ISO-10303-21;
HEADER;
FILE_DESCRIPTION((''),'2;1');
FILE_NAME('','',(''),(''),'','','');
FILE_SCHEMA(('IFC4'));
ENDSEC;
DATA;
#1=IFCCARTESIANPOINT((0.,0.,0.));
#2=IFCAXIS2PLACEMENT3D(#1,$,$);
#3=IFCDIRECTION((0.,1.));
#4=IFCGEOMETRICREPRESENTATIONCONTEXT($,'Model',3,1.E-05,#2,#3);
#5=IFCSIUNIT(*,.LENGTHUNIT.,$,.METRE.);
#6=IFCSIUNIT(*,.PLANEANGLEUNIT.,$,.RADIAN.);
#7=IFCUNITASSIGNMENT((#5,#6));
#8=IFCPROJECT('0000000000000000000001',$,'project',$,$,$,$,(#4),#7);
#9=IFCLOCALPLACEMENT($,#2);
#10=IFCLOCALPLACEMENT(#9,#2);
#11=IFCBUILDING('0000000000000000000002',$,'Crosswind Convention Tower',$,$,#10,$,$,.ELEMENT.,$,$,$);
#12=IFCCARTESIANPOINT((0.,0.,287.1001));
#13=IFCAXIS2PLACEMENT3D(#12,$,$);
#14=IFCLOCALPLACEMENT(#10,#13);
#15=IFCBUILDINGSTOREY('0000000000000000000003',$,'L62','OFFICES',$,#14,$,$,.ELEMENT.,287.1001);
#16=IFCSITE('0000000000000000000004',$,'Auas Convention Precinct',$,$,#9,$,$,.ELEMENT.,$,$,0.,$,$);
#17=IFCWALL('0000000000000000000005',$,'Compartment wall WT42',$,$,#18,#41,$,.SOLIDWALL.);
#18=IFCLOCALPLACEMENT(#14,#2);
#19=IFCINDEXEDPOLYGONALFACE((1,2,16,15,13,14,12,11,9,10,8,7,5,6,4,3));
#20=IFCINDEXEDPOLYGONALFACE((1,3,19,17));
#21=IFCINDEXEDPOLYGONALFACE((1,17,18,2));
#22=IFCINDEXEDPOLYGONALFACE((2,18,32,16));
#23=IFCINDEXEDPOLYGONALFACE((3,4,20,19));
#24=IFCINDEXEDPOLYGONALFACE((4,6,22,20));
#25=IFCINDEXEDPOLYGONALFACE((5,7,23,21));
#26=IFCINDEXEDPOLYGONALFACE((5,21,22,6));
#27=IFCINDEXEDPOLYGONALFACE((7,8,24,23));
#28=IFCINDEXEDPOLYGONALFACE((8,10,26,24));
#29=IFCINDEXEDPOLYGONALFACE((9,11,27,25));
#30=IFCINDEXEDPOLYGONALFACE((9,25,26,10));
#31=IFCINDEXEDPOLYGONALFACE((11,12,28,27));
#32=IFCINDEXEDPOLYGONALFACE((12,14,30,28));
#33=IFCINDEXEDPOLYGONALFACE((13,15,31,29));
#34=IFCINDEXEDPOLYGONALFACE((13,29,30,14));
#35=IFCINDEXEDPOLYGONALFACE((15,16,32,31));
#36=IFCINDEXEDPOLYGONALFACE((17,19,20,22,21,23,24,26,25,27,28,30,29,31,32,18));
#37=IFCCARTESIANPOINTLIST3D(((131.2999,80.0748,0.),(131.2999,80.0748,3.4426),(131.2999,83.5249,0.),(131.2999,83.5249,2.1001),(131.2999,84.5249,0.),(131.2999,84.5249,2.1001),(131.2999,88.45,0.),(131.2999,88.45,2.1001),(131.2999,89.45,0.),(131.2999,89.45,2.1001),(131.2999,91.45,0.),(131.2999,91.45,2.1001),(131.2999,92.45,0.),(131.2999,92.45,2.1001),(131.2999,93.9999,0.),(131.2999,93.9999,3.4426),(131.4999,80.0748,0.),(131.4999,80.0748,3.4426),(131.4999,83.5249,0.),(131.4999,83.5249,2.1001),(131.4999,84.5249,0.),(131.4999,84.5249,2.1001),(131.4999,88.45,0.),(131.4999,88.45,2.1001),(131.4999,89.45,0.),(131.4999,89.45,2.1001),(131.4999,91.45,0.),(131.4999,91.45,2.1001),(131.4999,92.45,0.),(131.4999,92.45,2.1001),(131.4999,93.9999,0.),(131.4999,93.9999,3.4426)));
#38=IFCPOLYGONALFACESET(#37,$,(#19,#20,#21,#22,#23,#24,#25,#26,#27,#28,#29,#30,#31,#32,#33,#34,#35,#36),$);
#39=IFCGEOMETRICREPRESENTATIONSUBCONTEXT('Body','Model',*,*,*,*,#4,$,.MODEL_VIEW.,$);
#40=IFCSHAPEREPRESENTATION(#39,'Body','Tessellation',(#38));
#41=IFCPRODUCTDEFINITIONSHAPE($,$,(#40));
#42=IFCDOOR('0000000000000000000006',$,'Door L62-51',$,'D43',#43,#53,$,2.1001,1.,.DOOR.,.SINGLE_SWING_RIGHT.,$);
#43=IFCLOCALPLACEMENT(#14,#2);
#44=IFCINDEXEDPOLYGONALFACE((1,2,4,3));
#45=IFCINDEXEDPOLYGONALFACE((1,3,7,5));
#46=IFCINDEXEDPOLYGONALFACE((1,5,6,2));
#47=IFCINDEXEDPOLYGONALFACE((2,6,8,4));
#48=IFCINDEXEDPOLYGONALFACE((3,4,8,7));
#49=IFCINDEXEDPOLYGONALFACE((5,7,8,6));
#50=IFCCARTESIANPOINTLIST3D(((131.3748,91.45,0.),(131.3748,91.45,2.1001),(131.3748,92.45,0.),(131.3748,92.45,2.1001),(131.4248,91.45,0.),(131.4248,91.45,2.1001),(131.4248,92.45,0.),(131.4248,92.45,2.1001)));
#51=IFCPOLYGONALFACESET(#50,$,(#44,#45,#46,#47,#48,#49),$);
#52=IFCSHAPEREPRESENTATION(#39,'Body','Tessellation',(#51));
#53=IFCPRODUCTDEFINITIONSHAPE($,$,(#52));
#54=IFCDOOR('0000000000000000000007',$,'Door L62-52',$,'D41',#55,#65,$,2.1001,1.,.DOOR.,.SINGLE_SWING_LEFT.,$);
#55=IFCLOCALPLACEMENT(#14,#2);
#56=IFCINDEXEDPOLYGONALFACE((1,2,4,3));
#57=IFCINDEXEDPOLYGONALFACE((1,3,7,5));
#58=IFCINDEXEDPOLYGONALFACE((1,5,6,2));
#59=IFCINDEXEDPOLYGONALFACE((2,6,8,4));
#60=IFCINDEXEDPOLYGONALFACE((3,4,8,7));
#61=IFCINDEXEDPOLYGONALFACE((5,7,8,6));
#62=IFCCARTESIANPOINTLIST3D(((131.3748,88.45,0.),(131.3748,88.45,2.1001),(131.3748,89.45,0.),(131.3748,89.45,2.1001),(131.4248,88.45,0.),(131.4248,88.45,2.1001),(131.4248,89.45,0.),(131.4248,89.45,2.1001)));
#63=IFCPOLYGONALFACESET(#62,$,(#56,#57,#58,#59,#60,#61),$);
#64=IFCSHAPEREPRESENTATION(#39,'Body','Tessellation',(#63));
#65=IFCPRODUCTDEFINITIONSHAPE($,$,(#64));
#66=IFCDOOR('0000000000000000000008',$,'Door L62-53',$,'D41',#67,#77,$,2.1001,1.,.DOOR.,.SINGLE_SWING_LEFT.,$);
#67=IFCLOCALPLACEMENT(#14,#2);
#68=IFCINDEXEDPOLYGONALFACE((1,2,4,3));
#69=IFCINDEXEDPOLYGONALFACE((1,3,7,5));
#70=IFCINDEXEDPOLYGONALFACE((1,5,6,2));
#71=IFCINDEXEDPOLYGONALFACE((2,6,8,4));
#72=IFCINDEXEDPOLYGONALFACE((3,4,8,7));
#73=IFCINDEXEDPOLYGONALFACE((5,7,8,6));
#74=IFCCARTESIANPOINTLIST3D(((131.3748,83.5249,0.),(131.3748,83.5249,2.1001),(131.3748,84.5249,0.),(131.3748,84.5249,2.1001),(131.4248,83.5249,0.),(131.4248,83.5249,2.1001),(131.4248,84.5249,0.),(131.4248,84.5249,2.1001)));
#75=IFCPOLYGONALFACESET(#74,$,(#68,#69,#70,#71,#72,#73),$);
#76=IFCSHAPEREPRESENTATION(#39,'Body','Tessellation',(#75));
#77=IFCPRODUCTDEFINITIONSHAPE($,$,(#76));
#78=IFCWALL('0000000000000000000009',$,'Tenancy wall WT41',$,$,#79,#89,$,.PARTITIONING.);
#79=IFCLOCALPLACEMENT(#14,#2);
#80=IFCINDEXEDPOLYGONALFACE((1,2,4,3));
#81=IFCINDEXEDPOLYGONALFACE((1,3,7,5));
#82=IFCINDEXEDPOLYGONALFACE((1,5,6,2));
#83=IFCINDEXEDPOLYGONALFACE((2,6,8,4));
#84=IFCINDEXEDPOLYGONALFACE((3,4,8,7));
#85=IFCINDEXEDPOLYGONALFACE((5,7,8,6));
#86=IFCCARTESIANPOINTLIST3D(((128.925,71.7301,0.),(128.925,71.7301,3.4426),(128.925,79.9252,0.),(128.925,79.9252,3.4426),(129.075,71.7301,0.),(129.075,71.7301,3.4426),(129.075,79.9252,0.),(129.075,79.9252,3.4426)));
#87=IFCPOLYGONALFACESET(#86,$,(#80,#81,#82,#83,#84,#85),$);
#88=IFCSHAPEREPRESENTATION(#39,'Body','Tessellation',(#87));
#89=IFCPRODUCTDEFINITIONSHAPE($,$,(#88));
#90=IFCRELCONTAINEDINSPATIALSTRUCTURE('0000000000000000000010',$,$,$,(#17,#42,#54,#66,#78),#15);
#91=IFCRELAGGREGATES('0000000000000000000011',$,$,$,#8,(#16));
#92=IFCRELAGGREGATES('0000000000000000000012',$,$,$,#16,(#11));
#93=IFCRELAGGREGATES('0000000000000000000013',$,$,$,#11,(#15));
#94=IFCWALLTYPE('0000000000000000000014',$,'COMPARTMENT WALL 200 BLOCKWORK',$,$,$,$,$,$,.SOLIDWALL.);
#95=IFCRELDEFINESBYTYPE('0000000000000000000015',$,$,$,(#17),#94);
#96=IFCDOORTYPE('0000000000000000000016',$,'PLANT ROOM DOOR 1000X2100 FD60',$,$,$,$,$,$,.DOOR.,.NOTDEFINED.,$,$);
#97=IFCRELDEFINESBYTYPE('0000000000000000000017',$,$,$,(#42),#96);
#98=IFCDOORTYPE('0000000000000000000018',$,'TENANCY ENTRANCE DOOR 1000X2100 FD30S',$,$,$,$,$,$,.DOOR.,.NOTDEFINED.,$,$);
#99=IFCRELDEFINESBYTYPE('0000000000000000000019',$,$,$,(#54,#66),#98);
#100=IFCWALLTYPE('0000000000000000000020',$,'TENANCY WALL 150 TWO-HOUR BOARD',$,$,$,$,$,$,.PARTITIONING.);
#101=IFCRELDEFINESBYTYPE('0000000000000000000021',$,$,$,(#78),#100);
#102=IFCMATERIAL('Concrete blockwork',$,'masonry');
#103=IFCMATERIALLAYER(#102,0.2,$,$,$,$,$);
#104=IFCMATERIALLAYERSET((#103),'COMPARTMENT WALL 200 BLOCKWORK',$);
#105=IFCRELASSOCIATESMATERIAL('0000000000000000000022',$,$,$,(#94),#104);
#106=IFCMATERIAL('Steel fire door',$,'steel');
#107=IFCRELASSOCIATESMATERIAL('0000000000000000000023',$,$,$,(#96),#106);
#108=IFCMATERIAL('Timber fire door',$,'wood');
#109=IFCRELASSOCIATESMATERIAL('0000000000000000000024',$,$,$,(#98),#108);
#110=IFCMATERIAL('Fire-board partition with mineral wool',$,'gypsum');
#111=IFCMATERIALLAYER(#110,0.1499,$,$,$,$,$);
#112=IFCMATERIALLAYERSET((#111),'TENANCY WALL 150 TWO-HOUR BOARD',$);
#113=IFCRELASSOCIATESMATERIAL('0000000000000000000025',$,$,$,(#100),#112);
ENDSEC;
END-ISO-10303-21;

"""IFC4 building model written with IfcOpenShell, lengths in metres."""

from ifc_helpers import new_model, si_unit, direction, frame, frame_2d, origin, place, context, subcontext, project, spatial, rectangle, extrude, material, layer, layer_set, type_object, element, fill, save


model = new_model("IFC4")

# Units and contexts
model_context = context("Model", 3, precision=1e-05, world=origin(), true_north=direction((0.0, 1.0)))
body_context = subcontext(model_context, "Body", "Model", "MODEL_VIEW")
ifc_project = project(units=[si_unit("LENGTHUNIT", "METRE"), si_unit("PLANEANGLEUNIT", "RADIAN")], contexts=[model_context])

# Site, building, storey
site_placement = place(None, origin())
site = spatial("IfcSite", under=ifc_project, at=site_placement, Name="Auas Convention Precinct", CompositionType="ELEMENT", RefElevation=0.0)
building_placement = place(site_placement, origin())
building = spatial("IfcBuilding", under=site, at=building_placement, Name="Crosswind Convention Tower", CompositionType="ELEMENT")
storey_placement = place(building_placement, frame((0.0, 0.0, 287.1001)))
storey = spatial("IfcBuildingStorey", under=building, at=storey_placement, Name="L62", Description="OFFICES", CompositionType="ELEMENT", Elevation=287.1001)

# Wall, openings, doors
ifc_material_1 = material(Name="Concrete blockwork", Category="masonry")
ifc_layer_1 = layer(ifc_material_1, 0.2)
ifc_layer_set_1 = layer_set([ifc_layer_1], Name="COMPARTMENT WALL 200 BLOCKWORK")
wall_type_1 = type_object("IfcWallType", Name="COMPARTMENT WALL 200 BLOCKWORK", PredefinedType="SOLIDWALL", material=ifc_layer_set_1)
ifc_material_2 = material(Name="Steel fire door", Category="steel")
door_type_1 = type_object("IfcDoorType", Name="PLANT ROOM DOOR 1000X2100 FD60", OperationType="NOTDEFINED", PredefinedType="DOOR", material=ifc_material_2)
ifc_material_3 = material(Name="Timber fire door", Category="wood")
door_type_2 = type_object("IfcDoorType", Name="TENANCY ENTRANCE DOOR 1000X2100 FD30S", OperationType="NOTDEFINED", PredefinedType="DOOR", material=ifc_material_3)
wall_1_placement = place(storey_placement, frame((131.3999, 80.075, 0.0), z_axis=(0.0, 0.0, 1.0), x_axis=(0.0, 1.0, 0.0)))
wall_1 = element("IfcWall", 1, at=wall_1_placement, inside=storey, type_object=wall_type_1, Name="Compartment wall WT42", PredefinedType="SOLIDWALL", context=body_context, shape_type="SweptSolid", body=[
    extrude(rectangle(XDim=13.925, YDim=0.2, at=frame_2d((6.9624, 0.0))), origin(), (0.0, 0.0, 1.0), 3.4426),
])
opening_1_placement = place(wall_1_placement, frame((11.375, 0.0, 0.0)))
opening_1 = element("IfcOpeningElement", 2, at=opening_1_placement, cuts=wall_1, PredefinedType="OPENING", context=body_context, shape_type="SweptSolid", body=[
    extrude(rectangle(XDim=1.0, YDim=2.1001, at=frame_2d((0.5, 1.05))), frame((0.0, 0.1099, 0.0), z_axis=(0.0, -1.0, 0.0), x_axis=(1.0, 0.0, 0.0)), (0.0, 0.0, 1.0), 0.22),
])
opening_2_placement = place(wall_1_placement, frame((8.375, 0.0, 0.0)))
opening_2 = element("IfcOpeningElement", 3, at=opening_2_placement, cuts=wall_1, PredefinedType="OPENING", context=body_context, shape_type="SweptSolid", body=[
    extrude(rectangle(XDim=1.0, YDim=2.1001, at=frame_2d((0.5, 1.05))), frame((0.0, 0.1099, 0.0), z_axis=(0.0, -1.0, 0.0), x_axis=(1.0, 0.0, 0.0)), (0.0, 0.0, 1.0), 0.22),
])
opening_3_placement = place(wall_1_placement, frame((3.45, 0.0, 0.0)))
opening_3 = element("IfcOpeningElement", 4, at=opening_3_placement, cuts=wall_1, PredefinedType="OPENING", context=body_context, shape_type="SweptSolid", body=[
    extrude(rectangle(XDim=1.0, YDim=2.1001, at=frame_2d((0.5, 1.05))), frame((0.0, 0.1099, 0.0), z_axis=(0.0, -1.0, 0.0), x_axis=(1.0, 0.0, 0.0)), (0.0, 0.0, 1.0), 0.22),
])
door_1_placement = place(opening_1_placement, frame((1.0, 0.0, 0.0), z_axis=(0.0, 0.0, 1.0), x_axis=(-1.0, 0.0, 0.0)))
door_1 = element("IfcDoor", 5, at=door_1_placement, inside=storey, type_object=door_type_1, Name="Door L62-51", ObjectType="D43", OperationType="SINGLE_SWING_RIGHT", OverallHeight=2.1001, OverallWidth=1.0, PredefinedType="DOOR", context=body_context, shape_type="SweptSolid", body=[
    extrude(rectangle(XDim=1.0, YDim=2.1001, at=frame_2d((0.5, 1.05))), frame((0.0, 0.0249, 0.0), z_axis=(0.0, -1.0, 0.0), x_axis=(1.0, 0.0, 0.0)), (0.0, 0.0, 1.0), 0.05),
])
fill(opening_1, door_1)
door_2_placement = place(opening_2_placement, frame((1.0, 0.0, 0.0), z_axis=(0.0, 0.0, 1.0), x_axis=(-1.0, 0.0, 0.0)))
door_2 = element("IfcDoor", 6, at=door_2_placement, inside=storey, type_object=door_type_2, Name="Door L62-52", ObjectType="D41", OperationType="SINGLE_SWING_LEFT", OverallHeight=2.1001, OverallWidth=1.0, PredefinedType="DOOR", context=body_context, shape_type="SweptSolid", body=[
    extrude(rectangle(XDim=1.0, YDim=2.1001, at=frame_2d((0.5, 1.05))), frame((0.0, 0.0249, 0.0), z_axis=(0.0, -1.0, 0.0), x_axis=(1.0, 0.0, 0.0)), (0.0, 0.0, 1.0), 0.05),
])
fill(opening_2, door_2)
door_3_placement = place(opening_3_placement, frame((1.0, 0.0, 0.0), z_axis=(0.0, 0.0, 1.0), x_axis=(-1.0, 0.0, 0.0)))
door_3 = element("IfcDoor", 7, at=door_3_placement, inside=storey, type_object=door_type_2, Name="Door L62-53", ObjectType="D41", OperationType="SINGLE_SWING_LEFT", OverallHeight=2.1001, OverallWidth=1.0, PredefinedType="DOOR", context=body_context, shape_type="SweptSolid", body=[
    extrude(rectangle(XDim=1.0, YDim=2.1001, at=frame_2d((0.5, 1.05))), frame((0.0, 0.0249, 0.0), z_axis=(0.0, -1.0, 0.0), x_axis=(1.0, 0.0, 0.0)), (0.0, 0.0, 1.0), 0.05),
])
fill(opening_3, door_3)

# Wall
ifc_material_4 = material(Name="Fire-board partition with mineral wool", Category="gypsum")
ifc_layer_2 = layer(ifc_material_4, 0.1499)
ifc_layer_set_2 = layer_set([ifc_layer_2], Name="TENANCY WALL 150 TWO-HOUR BOARD")
wall_type_2 = type_object("IfcWallType", Name="TENANCY WALL 150 TWO-HOUR BOARD", PredefinedType="PARTITIONING", material=ifc_layer_set_2)
wall_2_placement = place(storey_placement, frame((129.0, 71.73, 0.0), z_axis=(0.0, 0.0, 1.0), x_axis=(0.0, 1.0, 0.0)))
element("IfcWall", 8, at=wall_2_placement, inside=storey, type_object=wall_type_2, Name="Tenancy wall WT41", PredefinedType="PARTITIONING", context=body_context, shape_type="SweptSolid", body=[
    extrude(rectangle(XDim=8.1951, YDim=0.1499, at=frame_2d((4.0977, 0.0))), origin(), (0.0, 0.0, 1.0), 3.4426),
])

save(model, "model.ifc")
